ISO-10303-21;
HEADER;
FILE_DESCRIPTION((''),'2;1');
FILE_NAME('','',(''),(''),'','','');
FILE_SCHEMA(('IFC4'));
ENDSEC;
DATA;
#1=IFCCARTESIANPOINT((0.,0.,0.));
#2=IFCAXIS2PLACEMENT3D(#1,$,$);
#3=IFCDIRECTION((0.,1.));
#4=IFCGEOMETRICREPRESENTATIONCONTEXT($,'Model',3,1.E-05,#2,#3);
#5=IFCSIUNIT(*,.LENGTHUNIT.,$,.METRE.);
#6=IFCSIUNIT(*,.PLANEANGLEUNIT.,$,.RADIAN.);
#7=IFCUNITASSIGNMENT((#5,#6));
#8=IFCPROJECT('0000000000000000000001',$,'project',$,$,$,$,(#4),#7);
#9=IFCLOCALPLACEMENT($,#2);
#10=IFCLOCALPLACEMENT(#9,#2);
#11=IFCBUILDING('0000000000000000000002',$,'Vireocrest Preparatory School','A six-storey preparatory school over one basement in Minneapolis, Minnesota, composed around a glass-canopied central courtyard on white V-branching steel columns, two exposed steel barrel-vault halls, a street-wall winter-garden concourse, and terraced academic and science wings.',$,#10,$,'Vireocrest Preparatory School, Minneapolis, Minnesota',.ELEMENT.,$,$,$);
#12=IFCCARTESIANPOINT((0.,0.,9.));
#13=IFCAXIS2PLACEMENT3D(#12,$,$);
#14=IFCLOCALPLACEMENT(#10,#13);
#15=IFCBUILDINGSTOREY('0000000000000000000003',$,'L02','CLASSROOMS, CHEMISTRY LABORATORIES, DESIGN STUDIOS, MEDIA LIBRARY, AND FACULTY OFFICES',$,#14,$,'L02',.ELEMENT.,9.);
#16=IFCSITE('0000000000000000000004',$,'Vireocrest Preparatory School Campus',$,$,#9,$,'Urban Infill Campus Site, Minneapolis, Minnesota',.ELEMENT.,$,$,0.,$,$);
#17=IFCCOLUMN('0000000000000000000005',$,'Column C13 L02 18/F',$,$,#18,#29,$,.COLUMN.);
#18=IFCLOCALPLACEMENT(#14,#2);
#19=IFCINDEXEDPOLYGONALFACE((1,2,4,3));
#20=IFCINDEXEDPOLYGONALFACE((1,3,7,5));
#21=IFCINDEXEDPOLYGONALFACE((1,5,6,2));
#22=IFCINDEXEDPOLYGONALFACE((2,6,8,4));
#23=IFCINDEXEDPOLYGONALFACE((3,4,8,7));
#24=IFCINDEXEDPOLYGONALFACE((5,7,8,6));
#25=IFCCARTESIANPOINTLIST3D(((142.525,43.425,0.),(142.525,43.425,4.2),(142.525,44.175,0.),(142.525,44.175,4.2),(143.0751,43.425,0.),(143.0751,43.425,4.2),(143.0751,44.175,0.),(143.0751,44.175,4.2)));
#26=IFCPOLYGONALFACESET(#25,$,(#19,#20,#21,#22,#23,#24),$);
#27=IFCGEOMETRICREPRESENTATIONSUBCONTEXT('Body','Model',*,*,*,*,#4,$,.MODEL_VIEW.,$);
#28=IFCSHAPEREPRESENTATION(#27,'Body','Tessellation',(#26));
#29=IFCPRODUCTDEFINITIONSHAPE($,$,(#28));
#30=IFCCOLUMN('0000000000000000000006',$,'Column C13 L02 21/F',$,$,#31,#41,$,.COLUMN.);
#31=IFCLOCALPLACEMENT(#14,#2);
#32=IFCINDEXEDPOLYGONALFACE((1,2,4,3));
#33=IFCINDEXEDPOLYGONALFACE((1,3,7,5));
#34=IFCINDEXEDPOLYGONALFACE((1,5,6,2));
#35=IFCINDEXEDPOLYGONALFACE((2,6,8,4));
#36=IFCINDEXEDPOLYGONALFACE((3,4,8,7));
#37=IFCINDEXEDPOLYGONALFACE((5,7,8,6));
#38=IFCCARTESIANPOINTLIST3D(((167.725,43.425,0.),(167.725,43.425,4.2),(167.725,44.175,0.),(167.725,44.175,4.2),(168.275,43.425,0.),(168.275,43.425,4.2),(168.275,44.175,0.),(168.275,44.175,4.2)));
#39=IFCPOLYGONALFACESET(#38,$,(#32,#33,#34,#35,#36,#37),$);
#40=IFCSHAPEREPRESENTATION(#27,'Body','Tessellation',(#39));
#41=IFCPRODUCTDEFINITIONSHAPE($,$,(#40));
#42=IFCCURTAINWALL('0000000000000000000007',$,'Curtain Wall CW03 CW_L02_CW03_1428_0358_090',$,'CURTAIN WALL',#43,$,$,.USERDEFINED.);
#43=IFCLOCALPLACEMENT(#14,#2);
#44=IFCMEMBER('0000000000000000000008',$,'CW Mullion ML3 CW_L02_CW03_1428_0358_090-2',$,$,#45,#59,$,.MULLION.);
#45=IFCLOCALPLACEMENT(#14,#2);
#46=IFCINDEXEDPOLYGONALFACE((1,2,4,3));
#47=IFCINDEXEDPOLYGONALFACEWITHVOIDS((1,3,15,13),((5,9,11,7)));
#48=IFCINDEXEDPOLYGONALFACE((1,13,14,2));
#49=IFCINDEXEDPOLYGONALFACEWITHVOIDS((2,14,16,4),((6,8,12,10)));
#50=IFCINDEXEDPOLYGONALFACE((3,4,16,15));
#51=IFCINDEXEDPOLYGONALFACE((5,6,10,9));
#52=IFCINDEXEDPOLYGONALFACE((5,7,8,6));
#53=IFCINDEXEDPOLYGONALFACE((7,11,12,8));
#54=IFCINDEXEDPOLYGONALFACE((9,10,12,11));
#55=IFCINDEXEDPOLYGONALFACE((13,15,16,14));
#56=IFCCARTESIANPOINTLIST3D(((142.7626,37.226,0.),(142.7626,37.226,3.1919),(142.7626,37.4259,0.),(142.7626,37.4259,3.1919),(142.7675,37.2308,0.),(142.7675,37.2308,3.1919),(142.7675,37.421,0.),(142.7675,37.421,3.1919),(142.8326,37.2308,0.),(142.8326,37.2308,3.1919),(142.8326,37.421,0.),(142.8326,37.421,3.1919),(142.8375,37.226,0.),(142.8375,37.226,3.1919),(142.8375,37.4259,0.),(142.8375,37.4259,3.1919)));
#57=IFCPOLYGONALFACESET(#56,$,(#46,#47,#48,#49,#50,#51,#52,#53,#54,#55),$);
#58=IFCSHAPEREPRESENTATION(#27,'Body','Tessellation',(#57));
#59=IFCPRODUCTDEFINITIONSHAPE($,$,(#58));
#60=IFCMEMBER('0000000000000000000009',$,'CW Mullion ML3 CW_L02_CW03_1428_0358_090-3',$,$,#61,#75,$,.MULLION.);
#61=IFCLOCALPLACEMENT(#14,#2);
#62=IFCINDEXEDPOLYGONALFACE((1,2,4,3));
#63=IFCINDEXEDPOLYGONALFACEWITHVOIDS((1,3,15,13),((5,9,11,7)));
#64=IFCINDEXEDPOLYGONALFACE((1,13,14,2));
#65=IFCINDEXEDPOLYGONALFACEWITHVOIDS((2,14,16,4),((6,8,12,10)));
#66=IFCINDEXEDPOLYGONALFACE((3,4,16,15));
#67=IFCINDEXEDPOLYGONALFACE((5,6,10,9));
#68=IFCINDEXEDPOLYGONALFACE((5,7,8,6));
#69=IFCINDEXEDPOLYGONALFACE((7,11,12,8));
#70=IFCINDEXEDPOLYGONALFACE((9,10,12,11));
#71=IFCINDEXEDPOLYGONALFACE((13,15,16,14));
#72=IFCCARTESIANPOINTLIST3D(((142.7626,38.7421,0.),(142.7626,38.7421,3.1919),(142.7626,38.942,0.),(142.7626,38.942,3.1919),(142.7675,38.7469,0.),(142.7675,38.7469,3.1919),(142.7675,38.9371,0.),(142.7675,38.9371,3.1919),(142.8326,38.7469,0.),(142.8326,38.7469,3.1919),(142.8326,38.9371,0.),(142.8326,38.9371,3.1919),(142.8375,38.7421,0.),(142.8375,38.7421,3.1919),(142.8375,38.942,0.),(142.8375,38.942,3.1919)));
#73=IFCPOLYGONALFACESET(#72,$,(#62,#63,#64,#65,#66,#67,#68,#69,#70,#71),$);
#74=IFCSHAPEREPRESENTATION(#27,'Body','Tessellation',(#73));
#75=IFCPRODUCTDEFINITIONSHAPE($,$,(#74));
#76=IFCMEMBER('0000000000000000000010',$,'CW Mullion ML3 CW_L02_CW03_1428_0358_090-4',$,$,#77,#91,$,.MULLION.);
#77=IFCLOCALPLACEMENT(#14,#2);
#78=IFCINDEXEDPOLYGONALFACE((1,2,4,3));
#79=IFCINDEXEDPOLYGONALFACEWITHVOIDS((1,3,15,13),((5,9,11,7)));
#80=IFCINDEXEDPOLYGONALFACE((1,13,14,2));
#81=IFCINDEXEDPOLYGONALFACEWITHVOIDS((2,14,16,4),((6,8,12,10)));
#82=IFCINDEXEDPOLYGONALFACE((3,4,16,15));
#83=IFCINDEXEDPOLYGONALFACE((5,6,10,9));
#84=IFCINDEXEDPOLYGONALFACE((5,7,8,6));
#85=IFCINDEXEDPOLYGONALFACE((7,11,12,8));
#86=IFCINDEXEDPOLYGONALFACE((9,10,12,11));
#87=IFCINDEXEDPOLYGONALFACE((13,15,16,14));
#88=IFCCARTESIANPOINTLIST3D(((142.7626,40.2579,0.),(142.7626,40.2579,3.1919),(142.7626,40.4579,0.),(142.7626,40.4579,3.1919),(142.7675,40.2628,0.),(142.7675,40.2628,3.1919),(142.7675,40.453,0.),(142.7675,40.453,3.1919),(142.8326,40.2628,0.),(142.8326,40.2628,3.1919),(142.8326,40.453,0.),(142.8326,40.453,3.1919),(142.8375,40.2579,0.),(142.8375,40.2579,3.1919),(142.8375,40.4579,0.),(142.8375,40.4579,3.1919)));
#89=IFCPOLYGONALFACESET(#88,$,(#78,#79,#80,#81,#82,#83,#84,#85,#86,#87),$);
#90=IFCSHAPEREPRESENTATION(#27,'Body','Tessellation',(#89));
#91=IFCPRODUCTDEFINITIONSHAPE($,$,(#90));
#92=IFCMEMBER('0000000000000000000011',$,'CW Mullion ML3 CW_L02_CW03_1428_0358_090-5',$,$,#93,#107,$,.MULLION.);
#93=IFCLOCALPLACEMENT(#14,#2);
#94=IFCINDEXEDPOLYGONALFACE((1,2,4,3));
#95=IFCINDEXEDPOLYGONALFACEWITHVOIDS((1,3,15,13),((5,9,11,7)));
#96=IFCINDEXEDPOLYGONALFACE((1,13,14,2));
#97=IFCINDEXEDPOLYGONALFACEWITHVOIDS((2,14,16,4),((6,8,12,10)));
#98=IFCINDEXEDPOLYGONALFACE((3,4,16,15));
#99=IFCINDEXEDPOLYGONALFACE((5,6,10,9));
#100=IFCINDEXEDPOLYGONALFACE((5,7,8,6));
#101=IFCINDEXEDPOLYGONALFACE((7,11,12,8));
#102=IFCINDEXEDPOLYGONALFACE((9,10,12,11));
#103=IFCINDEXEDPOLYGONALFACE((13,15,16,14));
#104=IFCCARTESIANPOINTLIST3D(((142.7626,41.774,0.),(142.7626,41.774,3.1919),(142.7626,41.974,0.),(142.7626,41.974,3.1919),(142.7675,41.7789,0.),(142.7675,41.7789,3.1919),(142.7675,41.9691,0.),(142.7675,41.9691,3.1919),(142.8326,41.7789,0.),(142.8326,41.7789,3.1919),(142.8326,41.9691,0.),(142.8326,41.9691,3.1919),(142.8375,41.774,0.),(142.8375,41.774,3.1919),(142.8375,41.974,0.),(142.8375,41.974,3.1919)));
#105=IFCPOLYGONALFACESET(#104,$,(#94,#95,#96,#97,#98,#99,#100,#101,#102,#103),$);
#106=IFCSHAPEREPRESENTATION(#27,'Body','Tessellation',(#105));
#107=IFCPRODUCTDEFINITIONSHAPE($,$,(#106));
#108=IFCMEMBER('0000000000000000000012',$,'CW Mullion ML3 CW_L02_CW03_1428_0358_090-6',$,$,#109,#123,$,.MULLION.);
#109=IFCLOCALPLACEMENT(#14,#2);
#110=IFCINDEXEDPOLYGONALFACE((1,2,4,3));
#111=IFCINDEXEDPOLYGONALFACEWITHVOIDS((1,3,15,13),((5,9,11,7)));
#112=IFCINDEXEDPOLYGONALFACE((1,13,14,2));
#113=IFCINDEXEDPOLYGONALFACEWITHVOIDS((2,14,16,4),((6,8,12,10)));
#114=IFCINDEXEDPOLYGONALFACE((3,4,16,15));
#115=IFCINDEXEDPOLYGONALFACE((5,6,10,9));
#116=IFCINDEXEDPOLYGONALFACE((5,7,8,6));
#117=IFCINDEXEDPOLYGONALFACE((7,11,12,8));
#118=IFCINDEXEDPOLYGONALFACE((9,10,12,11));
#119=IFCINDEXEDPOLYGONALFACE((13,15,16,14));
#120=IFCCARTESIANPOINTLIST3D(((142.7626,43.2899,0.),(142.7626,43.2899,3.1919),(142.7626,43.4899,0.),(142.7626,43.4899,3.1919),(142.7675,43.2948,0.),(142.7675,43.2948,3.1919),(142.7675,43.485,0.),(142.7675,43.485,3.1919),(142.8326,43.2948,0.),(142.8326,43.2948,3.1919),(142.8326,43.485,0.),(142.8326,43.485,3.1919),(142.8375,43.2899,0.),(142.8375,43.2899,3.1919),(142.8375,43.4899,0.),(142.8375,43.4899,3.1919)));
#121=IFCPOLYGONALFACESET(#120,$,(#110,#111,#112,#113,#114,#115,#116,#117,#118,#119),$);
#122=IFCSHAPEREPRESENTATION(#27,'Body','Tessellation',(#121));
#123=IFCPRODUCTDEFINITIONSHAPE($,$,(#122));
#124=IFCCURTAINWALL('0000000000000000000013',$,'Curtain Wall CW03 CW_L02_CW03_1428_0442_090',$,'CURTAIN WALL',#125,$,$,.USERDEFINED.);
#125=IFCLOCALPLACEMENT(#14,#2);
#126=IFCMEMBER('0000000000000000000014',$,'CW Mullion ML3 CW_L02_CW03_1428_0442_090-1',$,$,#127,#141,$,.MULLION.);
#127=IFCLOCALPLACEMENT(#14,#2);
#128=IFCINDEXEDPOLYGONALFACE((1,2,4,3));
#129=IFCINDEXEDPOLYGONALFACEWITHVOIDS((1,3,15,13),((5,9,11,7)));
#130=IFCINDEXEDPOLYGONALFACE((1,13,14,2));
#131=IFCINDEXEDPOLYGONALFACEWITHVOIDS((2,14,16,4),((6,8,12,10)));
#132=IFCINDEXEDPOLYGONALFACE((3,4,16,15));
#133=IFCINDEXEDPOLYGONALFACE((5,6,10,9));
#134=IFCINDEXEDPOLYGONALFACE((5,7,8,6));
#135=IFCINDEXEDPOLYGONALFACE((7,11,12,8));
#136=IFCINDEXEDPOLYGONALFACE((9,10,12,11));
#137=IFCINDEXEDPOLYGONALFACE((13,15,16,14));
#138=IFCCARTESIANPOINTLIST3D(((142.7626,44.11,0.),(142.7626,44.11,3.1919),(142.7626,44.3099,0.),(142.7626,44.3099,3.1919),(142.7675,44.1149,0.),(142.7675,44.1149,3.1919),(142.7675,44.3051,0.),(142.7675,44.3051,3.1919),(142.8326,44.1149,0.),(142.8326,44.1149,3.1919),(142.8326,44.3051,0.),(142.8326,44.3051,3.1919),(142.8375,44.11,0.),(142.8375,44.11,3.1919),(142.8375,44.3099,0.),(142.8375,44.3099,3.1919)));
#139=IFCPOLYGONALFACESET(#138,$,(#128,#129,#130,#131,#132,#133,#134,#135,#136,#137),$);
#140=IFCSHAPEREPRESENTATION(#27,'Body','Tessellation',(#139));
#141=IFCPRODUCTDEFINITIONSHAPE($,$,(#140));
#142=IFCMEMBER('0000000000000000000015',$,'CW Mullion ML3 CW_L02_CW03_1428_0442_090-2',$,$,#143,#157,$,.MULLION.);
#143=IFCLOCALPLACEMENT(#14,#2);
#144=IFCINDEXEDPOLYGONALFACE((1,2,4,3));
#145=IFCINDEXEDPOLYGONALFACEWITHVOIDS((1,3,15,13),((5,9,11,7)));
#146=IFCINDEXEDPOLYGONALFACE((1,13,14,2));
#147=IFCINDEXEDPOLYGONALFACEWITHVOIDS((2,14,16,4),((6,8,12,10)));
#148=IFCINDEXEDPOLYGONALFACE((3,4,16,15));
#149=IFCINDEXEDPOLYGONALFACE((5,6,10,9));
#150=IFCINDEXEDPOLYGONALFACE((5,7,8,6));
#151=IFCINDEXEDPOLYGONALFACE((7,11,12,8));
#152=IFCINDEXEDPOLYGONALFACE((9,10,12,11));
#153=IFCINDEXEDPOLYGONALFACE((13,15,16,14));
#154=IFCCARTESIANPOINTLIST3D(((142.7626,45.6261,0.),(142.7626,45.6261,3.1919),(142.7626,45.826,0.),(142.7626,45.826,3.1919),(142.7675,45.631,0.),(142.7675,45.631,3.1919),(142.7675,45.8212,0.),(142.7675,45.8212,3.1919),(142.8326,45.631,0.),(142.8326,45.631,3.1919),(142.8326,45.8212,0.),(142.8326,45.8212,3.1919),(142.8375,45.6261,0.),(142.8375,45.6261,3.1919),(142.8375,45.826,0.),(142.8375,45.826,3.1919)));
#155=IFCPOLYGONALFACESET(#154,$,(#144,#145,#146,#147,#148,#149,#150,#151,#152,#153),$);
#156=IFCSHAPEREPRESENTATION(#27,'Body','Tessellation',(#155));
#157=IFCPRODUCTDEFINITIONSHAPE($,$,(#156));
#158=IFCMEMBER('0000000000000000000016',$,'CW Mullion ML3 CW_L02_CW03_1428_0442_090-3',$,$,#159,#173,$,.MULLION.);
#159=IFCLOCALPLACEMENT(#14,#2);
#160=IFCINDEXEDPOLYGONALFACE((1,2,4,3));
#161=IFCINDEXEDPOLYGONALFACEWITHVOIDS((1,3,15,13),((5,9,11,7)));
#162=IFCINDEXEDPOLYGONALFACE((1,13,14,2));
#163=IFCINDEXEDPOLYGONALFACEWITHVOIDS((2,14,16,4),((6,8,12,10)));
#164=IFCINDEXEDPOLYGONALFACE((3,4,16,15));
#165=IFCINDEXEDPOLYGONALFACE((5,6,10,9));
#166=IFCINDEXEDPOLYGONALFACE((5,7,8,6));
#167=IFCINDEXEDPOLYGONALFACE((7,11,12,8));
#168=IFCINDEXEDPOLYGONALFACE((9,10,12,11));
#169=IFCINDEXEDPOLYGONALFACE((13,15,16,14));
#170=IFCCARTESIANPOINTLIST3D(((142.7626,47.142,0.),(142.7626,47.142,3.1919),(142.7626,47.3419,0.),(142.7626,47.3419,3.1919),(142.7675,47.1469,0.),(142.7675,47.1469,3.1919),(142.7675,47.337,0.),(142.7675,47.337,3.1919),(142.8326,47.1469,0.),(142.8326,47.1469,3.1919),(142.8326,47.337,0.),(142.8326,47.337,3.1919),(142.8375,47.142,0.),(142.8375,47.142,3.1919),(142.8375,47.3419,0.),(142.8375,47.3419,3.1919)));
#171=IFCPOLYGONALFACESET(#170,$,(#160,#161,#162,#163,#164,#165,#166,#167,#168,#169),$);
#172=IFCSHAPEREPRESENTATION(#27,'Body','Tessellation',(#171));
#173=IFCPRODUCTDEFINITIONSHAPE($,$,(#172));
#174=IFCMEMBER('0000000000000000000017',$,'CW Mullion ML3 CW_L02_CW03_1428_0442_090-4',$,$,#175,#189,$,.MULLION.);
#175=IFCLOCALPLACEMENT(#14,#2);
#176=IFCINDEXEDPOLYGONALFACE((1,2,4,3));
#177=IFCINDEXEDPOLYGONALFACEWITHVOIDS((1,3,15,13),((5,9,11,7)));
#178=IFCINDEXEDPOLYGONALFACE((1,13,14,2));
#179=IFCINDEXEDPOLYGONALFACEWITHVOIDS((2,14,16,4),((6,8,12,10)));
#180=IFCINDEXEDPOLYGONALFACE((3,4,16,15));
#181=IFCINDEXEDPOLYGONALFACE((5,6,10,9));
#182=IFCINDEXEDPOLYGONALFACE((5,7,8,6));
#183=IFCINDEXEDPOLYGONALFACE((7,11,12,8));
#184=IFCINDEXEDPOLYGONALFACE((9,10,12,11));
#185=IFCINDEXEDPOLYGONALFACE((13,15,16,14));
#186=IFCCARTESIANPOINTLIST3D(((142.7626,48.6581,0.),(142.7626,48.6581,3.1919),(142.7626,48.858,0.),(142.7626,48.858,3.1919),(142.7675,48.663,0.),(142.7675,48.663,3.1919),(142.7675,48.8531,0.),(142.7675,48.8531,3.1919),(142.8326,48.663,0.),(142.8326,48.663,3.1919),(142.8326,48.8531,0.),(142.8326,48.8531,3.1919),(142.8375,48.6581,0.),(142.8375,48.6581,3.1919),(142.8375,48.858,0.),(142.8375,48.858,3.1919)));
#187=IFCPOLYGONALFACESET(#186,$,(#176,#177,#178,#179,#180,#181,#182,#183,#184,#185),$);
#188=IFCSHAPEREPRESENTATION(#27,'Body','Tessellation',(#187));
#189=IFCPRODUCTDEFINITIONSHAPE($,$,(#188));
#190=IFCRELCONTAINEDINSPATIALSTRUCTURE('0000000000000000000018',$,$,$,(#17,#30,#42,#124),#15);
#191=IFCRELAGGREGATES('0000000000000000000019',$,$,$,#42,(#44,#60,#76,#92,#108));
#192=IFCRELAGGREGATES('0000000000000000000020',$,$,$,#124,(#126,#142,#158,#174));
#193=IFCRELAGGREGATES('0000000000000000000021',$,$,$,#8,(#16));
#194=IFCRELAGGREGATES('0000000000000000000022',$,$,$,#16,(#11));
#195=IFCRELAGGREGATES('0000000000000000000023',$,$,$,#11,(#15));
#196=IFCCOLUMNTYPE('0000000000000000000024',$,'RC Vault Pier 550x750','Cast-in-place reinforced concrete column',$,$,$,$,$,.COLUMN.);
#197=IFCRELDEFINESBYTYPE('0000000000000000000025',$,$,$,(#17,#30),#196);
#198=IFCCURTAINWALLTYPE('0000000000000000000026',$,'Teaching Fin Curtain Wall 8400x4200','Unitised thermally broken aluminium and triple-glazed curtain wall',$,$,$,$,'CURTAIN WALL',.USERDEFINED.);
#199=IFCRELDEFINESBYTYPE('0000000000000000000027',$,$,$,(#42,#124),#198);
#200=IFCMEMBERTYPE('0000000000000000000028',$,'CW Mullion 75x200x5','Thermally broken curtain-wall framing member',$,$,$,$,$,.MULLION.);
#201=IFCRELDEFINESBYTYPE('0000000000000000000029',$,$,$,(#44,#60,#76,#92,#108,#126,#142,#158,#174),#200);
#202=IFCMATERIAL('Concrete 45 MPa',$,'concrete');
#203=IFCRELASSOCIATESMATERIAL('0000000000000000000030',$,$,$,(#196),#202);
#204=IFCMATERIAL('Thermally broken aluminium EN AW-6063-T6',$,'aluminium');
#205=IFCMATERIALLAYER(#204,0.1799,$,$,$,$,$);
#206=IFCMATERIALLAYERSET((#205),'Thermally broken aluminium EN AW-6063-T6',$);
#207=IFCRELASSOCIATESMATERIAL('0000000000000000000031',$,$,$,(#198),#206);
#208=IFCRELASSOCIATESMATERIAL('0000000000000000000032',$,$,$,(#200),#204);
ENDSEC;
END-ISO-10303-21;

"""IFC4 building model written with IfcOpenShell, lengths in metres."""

from ifc_helpers import new_model, si_unit, direction, frame, origin, origin_2d, place, context, subcontext, project, spatial, rectangle, hollow_rectangle, extrude, material, layer, layer_set, material_profile, profile_set, type_object, element, aggregate, save


model = new_model("IFC4")

# Units and contexts
model_context = context("Model", 3, precision=1e-05, world=origin(), true_north=direction((0.0, 1.0)))
body_context = subcontext(model_context, "Body", "Model", "MODEL_VIEW")
ifc_project = project(units=[si_unit("LENGTHUNIT", "METRE"), si_unit("PLANEANGLEUNIT", "RADIAN")], contexts=[model_context])

# Site, building, storey
site_placement = place(None, origin())
site = spatial("IfcSite", under=ifc_project, at=site_placement, Name="Vireocrest Preparatory School Campus", LongName="Urban Infill Campus Site, Minneapolis, Minnesota", CompositionType="ELEMENT", RefElevation=0.0)
building_placement = place(site_placement, origin())
building = spatial("IfcBuilding", under=site, at=building_placement, Name="Vireocrest Preparatory School", Description="A six-storey preparatory school over one basement in Minneapolis, Minnesota, composed around a glass-canopied central courtyard on white V-branching steel columns, two exposed steel barrel-vault halls, a street-wall winter-garden concourse, and terraced academic and science wings.", LongName="Vireocrest Preparatory School, Minneapolis, Minnesota", CompositionType="ELEMENT")
storey_placement = place(building_placement, frame((0.0, 0.0, 9.0)))
storey = spatial("IfcBuildingStorey", under=building, at=storey_placement, Name="L02", Description="CLASSROOMS, CHEMISTRY LABORATORIES, DESIGN STUDIOS, MEDIA LIBRARY, AND FACULTY OFFICES", LongName="L02", CompositionType="ELEMENT", Elevation=9.0)

# Columns
ifc_material_1 = material(Name="Concrete 45 MPa", Category="concrete")
ifc_material_profile_1 = material_profile(ifc_material_1, rectangle(XDim=0.55, YDim=0.75, at=origin_2d()), Name="RC 550x750")
ifc_profile_set_1 = profile_set([ifc_material_profile_1], Name="Concrete 45 MPa")
column_type = type_object("IfcColumnType", Name="RC Vault Pier 550x750", Description="Cast-in-place reinforced concrete column", PredefinedType="COLUMN", material=ifc_profile_set_1)
for number, where, z_axis, x_axis, name in (
    (1, (142.8, 43.8, 0.0), (0.0, 0.0, 1.0), (1.0, 0.0, 0.0), "Column C13 L02 18/F"),
    (2, (168.0, 43.8, 0.0), (0.0, 0.0, 1.0), (1.0, 0.0, 0.0), "Column C13 L02 21/F"),
):
    element("IfcColumn", number, at=place(storey_placement, frame(where, z_axis=z_axis, x_axis=x_axis)), inside=storey, type_object=column_type, Name=name, PredefinedType="COLUMN", context=body_context, shape_type="SweptSolid", body=[
        extrude(rectangle(XDim=0.55, YDim=0.75, at=origin_2d()), origin(), (0.0, 0.0, 1.0), 4.2),
    ])

# Curtain walls, members
ifc_material_2 = material(Name="Thermally broken aluminium EN AW-6063-T6", Category="aluminium")
ifc_layer_1 = layer(ifc_material_2, 0.1799)
ifc_layer_set_1 = layer_set([ifc_layer_1], Name="Thermally broken aluminium EN AW-6063-T6")
curtain_wall_type = type_object("IfcCurtainWallType", Name="Teaching Fin Curtain Wall 8400x4200", Description="Unitised thermally broken aluminium and triple-glazed curtain wall", ElementType="CURTAIN WALL", PredefinedType="USERDEFINED", material=ifc_layer_set_1)
curtain_wall_1_placement = place(storey_placement, origin())
curtain_wall_1 = element("IfcCurtainWall", 3, at=curtain_wall_1_placement, inside=storey, type_object=curtain_wall_type, Name="Curtain Wall CW03 CW_L02_CW03_1428_0358_090", ObjectType="CURTAIN WALL", PredefinedType="USERDEFINED")
ifc_material_profile_2 = material_profile(ifc_material_2, hollow_rectangle(XDim=0.075, YDim=0.2, WallThickness=0.0049, at=origin_2d()), Name="ALU 75x200x5")
ifc_profile_set_2 = profile_set([ifc_material_profile_2], Name="Thermally broken aluminium EN AW-6063-T6")
member_type_1 = type_object("IfcMemberType", Name="CW Mullion 75x200x5", Description="Thermally broken curtain-wall framing member", PredefinedType="MULLION", material=ifc_profile_set_2)
member_1_placement = place(storey_placement, frame((142.8, 37.3259, 0.0), z_axis=(0.0, 0.0, 1.0), x_axis=(1.0, 0.0, 0.0)))
member_1 = element("IfcMember", 4, at=member_1_placement, type_object=member_type_1, Name="CW Mullion ML3 CW_L02_CW03_1428_0358_090-2", PredefinedType="MULLION", context=body_context, shape_type="SweptSolid", body=[
    extrude(hollow_rectangle(XDim=0.075, YDim=0.2, WallThickness=0.0049, at=origin_2d()), origin(), (0.0, 0.0, 1.0), 3.1919),
])
member_2_placement = place(storey_placement, frame((142.8, 38.842, 0.0), z_axis=(0.0, 0.0, 1.0), x_axis=(1.0, 0.0, 0.0)))
member_2 = element("IfcMember", 5, at=member_2_placement, type_object=member_type_1, Name="CW Mullion ML3 CW_L02_CW03_1428_0358_090-3", PredefinedType="MULLION", context=body_context, shape_type="SweptSolid", body=[
    extrude(hollow_rectangle(XDim=0.075, YDim=0.2, WallThickness=0.0049, at=origin_2d()), origin(), (0.0, 0.0, 1.0), 3.1919),
])
member_3_placement = place(storey_placement, frame((142.8, 40.3579, 0.0), z_axis=(0.0, 0.0, 1.0), x_axis=(1.0, 0.0, 0.0)))
member_3 = element("IfcMember", 6, at=member_3_placement, type_object=member_type_1, Name="CW Mullion ML3 CW_L02_CW03_1428_0358_090-4", PredefinedType="MULLION", context=body_context, shape_type="SweptSolid", body=[
    extrude(hollow_rectangle(XDim=0.075, YDim=0.2, WallThickness=0.0049, at=origin_2d()), origin(), (0.0, 0.0, 1.0), 3.1919),
])
member_4_placement = place(storey_placement, frame((142.8, 41.874, 0.0), z_axis=(0.0, 0.0, 1.0), x_axis=(1.0, 0.0, 0.0)))
member_4 = element("IfcMember", 7, at=member_4_placement, type_object=member_type_1, Name="CW Mullion ML3 CW_L02_CW03_1428_0358_090-5", PredefinedType="MULLION", context=body_context, shape_type="SweptSolid", body=[
    extrude(hollow_rectangle(XDim=0.075, YDim=0.2, WallThickness=0.0049, at=origin_2d()), origin(), (0.0, 0.0, 1.0), 3.1919),
])
member_5_placement = place(storey_placement, frame((142.8, 43.3899, 0.0), z_axis=(0.0, 0.0, 1.0), x_axis=(1.0, 0.0, 0.0)))
member_5 = element("IfcMember", 8, at=member_5_placement, type_object=member_type_1, Name="CW Mullion ML3 CW_L02_CW03_1428_0358_090-6", PredefinedType="MULLION", context=body_context, shape_type="SweptSolid", body=[
    extrude(hollow_rectangle(XDim=0.075, YDim=0.2, WallThickness=0.0049, at=origin_2d()), origin(), (0.0, 0.0, 1.0), 3.1919),
])
curtain_wall_2_placement = place(storey_placement, origin())
curtain_wall_2 = element("IfcCurtainWall", 9, at=curtain_wall_2_placement, inside=storey, type_object=curtain_wall_type, Name="Curtain Wall CW03 CW_L02_CW03_1428_0442_090", ObjectType="CURTAIN WALL", PredefinedType="USERDEFINED")
member_6_placement = place(storey_placement, frame((142.8, 44.21, 0.0), z_axis=(0.0, 0.0, 1.0), x_axis=(1.0, 0.0, 0.0)))
member_6 = element("IfcMember", 10, at=member_6_placement, type_object=member_type_1, Name="CW Mullion ML3 CW_L02_CW03_1428_0442_090-1", PredefinedType="MULLION", context=body_context, shape_type="SweptSolid", body=[
    extrude(hollow_rectangle(XDim=0.075, YDim=0.2, WallThickness=0.0049, at=origin_2d()), origin(), (0.0, 0.0, 1.0), 3.1919),
])
member_7_placement = place(storey_placement, frame((142.8, 45.7261, 0.0), z_axis=(0.0, 0.0, 1.0), x_axis=(1.0, 0.0, 0.0)))
member_7 = element("IfcMember", 11, at=member_7_placement, type_object=member_type_1, Name="CW Mullion ML3 CW_L02_CW03_1428_0442_090-2", PredefinedType="MULLION", context=body_context, shape_type="SweptSolid", body=[
    extrude(hollow_rectangle(XDim=0.075, YDim=0.2, WallThickness=0.0049, at=origin_2d()), origin(), (0.0, 0.0, 1.0), 3.1919),
])
member_8_placement = place(storey_placement, frame((142.8, 47.2419, 0.0), z_axis=(0.0, 0.0, 1.0), x_axis=(1.0, 0.0, 0.0)))
member_8 = element("IfcMember", 12, at=member_8_placement, type_object=member_type_1, Name="CW Mullion ML3 CW_L02_CW03_1428_0442_090-3", PredefinedType="MULLION", context=body_context, shape_type="SweptSolid", body=[
    extrude(hollow_rectangle(XDim=0.075, YDim=0.2, WallThickness=0.0049, at=origin_2d()), origin(), (0.0, 0.0, 1.0), 3.1919),
])
member_9_placement = place(storey_placement, frame((142.8, 48.7581, 0.0), z_axis=(0.0, 0.0, 1.0), x_axis=(1.0, 0.0, 0.0)))
member_9 = element("IfcMember", 13, at=member_9_placement, type_object=member_type_1, Name="CW Mullion ML3 CW_L02_CW03_1428_0442_090-4", PredefinedType="MULLION", context=body_context, shape_type="SweptSolid", body=[
    extrude(hollow_rectangle(XDim=0.075, YDim=0.2, WallThickness=0.0049, at=origin_2d()), origin(), (0.0, 0.0, 1.0), 3.1919),
])

aggregate(curtain_wall_1, [member_1, member_2, member_3, member_4, member_5])
aggregate(curtain_wall_2, [member_6, member_7, member_8, member_9])

save(model, "model.ifc")
